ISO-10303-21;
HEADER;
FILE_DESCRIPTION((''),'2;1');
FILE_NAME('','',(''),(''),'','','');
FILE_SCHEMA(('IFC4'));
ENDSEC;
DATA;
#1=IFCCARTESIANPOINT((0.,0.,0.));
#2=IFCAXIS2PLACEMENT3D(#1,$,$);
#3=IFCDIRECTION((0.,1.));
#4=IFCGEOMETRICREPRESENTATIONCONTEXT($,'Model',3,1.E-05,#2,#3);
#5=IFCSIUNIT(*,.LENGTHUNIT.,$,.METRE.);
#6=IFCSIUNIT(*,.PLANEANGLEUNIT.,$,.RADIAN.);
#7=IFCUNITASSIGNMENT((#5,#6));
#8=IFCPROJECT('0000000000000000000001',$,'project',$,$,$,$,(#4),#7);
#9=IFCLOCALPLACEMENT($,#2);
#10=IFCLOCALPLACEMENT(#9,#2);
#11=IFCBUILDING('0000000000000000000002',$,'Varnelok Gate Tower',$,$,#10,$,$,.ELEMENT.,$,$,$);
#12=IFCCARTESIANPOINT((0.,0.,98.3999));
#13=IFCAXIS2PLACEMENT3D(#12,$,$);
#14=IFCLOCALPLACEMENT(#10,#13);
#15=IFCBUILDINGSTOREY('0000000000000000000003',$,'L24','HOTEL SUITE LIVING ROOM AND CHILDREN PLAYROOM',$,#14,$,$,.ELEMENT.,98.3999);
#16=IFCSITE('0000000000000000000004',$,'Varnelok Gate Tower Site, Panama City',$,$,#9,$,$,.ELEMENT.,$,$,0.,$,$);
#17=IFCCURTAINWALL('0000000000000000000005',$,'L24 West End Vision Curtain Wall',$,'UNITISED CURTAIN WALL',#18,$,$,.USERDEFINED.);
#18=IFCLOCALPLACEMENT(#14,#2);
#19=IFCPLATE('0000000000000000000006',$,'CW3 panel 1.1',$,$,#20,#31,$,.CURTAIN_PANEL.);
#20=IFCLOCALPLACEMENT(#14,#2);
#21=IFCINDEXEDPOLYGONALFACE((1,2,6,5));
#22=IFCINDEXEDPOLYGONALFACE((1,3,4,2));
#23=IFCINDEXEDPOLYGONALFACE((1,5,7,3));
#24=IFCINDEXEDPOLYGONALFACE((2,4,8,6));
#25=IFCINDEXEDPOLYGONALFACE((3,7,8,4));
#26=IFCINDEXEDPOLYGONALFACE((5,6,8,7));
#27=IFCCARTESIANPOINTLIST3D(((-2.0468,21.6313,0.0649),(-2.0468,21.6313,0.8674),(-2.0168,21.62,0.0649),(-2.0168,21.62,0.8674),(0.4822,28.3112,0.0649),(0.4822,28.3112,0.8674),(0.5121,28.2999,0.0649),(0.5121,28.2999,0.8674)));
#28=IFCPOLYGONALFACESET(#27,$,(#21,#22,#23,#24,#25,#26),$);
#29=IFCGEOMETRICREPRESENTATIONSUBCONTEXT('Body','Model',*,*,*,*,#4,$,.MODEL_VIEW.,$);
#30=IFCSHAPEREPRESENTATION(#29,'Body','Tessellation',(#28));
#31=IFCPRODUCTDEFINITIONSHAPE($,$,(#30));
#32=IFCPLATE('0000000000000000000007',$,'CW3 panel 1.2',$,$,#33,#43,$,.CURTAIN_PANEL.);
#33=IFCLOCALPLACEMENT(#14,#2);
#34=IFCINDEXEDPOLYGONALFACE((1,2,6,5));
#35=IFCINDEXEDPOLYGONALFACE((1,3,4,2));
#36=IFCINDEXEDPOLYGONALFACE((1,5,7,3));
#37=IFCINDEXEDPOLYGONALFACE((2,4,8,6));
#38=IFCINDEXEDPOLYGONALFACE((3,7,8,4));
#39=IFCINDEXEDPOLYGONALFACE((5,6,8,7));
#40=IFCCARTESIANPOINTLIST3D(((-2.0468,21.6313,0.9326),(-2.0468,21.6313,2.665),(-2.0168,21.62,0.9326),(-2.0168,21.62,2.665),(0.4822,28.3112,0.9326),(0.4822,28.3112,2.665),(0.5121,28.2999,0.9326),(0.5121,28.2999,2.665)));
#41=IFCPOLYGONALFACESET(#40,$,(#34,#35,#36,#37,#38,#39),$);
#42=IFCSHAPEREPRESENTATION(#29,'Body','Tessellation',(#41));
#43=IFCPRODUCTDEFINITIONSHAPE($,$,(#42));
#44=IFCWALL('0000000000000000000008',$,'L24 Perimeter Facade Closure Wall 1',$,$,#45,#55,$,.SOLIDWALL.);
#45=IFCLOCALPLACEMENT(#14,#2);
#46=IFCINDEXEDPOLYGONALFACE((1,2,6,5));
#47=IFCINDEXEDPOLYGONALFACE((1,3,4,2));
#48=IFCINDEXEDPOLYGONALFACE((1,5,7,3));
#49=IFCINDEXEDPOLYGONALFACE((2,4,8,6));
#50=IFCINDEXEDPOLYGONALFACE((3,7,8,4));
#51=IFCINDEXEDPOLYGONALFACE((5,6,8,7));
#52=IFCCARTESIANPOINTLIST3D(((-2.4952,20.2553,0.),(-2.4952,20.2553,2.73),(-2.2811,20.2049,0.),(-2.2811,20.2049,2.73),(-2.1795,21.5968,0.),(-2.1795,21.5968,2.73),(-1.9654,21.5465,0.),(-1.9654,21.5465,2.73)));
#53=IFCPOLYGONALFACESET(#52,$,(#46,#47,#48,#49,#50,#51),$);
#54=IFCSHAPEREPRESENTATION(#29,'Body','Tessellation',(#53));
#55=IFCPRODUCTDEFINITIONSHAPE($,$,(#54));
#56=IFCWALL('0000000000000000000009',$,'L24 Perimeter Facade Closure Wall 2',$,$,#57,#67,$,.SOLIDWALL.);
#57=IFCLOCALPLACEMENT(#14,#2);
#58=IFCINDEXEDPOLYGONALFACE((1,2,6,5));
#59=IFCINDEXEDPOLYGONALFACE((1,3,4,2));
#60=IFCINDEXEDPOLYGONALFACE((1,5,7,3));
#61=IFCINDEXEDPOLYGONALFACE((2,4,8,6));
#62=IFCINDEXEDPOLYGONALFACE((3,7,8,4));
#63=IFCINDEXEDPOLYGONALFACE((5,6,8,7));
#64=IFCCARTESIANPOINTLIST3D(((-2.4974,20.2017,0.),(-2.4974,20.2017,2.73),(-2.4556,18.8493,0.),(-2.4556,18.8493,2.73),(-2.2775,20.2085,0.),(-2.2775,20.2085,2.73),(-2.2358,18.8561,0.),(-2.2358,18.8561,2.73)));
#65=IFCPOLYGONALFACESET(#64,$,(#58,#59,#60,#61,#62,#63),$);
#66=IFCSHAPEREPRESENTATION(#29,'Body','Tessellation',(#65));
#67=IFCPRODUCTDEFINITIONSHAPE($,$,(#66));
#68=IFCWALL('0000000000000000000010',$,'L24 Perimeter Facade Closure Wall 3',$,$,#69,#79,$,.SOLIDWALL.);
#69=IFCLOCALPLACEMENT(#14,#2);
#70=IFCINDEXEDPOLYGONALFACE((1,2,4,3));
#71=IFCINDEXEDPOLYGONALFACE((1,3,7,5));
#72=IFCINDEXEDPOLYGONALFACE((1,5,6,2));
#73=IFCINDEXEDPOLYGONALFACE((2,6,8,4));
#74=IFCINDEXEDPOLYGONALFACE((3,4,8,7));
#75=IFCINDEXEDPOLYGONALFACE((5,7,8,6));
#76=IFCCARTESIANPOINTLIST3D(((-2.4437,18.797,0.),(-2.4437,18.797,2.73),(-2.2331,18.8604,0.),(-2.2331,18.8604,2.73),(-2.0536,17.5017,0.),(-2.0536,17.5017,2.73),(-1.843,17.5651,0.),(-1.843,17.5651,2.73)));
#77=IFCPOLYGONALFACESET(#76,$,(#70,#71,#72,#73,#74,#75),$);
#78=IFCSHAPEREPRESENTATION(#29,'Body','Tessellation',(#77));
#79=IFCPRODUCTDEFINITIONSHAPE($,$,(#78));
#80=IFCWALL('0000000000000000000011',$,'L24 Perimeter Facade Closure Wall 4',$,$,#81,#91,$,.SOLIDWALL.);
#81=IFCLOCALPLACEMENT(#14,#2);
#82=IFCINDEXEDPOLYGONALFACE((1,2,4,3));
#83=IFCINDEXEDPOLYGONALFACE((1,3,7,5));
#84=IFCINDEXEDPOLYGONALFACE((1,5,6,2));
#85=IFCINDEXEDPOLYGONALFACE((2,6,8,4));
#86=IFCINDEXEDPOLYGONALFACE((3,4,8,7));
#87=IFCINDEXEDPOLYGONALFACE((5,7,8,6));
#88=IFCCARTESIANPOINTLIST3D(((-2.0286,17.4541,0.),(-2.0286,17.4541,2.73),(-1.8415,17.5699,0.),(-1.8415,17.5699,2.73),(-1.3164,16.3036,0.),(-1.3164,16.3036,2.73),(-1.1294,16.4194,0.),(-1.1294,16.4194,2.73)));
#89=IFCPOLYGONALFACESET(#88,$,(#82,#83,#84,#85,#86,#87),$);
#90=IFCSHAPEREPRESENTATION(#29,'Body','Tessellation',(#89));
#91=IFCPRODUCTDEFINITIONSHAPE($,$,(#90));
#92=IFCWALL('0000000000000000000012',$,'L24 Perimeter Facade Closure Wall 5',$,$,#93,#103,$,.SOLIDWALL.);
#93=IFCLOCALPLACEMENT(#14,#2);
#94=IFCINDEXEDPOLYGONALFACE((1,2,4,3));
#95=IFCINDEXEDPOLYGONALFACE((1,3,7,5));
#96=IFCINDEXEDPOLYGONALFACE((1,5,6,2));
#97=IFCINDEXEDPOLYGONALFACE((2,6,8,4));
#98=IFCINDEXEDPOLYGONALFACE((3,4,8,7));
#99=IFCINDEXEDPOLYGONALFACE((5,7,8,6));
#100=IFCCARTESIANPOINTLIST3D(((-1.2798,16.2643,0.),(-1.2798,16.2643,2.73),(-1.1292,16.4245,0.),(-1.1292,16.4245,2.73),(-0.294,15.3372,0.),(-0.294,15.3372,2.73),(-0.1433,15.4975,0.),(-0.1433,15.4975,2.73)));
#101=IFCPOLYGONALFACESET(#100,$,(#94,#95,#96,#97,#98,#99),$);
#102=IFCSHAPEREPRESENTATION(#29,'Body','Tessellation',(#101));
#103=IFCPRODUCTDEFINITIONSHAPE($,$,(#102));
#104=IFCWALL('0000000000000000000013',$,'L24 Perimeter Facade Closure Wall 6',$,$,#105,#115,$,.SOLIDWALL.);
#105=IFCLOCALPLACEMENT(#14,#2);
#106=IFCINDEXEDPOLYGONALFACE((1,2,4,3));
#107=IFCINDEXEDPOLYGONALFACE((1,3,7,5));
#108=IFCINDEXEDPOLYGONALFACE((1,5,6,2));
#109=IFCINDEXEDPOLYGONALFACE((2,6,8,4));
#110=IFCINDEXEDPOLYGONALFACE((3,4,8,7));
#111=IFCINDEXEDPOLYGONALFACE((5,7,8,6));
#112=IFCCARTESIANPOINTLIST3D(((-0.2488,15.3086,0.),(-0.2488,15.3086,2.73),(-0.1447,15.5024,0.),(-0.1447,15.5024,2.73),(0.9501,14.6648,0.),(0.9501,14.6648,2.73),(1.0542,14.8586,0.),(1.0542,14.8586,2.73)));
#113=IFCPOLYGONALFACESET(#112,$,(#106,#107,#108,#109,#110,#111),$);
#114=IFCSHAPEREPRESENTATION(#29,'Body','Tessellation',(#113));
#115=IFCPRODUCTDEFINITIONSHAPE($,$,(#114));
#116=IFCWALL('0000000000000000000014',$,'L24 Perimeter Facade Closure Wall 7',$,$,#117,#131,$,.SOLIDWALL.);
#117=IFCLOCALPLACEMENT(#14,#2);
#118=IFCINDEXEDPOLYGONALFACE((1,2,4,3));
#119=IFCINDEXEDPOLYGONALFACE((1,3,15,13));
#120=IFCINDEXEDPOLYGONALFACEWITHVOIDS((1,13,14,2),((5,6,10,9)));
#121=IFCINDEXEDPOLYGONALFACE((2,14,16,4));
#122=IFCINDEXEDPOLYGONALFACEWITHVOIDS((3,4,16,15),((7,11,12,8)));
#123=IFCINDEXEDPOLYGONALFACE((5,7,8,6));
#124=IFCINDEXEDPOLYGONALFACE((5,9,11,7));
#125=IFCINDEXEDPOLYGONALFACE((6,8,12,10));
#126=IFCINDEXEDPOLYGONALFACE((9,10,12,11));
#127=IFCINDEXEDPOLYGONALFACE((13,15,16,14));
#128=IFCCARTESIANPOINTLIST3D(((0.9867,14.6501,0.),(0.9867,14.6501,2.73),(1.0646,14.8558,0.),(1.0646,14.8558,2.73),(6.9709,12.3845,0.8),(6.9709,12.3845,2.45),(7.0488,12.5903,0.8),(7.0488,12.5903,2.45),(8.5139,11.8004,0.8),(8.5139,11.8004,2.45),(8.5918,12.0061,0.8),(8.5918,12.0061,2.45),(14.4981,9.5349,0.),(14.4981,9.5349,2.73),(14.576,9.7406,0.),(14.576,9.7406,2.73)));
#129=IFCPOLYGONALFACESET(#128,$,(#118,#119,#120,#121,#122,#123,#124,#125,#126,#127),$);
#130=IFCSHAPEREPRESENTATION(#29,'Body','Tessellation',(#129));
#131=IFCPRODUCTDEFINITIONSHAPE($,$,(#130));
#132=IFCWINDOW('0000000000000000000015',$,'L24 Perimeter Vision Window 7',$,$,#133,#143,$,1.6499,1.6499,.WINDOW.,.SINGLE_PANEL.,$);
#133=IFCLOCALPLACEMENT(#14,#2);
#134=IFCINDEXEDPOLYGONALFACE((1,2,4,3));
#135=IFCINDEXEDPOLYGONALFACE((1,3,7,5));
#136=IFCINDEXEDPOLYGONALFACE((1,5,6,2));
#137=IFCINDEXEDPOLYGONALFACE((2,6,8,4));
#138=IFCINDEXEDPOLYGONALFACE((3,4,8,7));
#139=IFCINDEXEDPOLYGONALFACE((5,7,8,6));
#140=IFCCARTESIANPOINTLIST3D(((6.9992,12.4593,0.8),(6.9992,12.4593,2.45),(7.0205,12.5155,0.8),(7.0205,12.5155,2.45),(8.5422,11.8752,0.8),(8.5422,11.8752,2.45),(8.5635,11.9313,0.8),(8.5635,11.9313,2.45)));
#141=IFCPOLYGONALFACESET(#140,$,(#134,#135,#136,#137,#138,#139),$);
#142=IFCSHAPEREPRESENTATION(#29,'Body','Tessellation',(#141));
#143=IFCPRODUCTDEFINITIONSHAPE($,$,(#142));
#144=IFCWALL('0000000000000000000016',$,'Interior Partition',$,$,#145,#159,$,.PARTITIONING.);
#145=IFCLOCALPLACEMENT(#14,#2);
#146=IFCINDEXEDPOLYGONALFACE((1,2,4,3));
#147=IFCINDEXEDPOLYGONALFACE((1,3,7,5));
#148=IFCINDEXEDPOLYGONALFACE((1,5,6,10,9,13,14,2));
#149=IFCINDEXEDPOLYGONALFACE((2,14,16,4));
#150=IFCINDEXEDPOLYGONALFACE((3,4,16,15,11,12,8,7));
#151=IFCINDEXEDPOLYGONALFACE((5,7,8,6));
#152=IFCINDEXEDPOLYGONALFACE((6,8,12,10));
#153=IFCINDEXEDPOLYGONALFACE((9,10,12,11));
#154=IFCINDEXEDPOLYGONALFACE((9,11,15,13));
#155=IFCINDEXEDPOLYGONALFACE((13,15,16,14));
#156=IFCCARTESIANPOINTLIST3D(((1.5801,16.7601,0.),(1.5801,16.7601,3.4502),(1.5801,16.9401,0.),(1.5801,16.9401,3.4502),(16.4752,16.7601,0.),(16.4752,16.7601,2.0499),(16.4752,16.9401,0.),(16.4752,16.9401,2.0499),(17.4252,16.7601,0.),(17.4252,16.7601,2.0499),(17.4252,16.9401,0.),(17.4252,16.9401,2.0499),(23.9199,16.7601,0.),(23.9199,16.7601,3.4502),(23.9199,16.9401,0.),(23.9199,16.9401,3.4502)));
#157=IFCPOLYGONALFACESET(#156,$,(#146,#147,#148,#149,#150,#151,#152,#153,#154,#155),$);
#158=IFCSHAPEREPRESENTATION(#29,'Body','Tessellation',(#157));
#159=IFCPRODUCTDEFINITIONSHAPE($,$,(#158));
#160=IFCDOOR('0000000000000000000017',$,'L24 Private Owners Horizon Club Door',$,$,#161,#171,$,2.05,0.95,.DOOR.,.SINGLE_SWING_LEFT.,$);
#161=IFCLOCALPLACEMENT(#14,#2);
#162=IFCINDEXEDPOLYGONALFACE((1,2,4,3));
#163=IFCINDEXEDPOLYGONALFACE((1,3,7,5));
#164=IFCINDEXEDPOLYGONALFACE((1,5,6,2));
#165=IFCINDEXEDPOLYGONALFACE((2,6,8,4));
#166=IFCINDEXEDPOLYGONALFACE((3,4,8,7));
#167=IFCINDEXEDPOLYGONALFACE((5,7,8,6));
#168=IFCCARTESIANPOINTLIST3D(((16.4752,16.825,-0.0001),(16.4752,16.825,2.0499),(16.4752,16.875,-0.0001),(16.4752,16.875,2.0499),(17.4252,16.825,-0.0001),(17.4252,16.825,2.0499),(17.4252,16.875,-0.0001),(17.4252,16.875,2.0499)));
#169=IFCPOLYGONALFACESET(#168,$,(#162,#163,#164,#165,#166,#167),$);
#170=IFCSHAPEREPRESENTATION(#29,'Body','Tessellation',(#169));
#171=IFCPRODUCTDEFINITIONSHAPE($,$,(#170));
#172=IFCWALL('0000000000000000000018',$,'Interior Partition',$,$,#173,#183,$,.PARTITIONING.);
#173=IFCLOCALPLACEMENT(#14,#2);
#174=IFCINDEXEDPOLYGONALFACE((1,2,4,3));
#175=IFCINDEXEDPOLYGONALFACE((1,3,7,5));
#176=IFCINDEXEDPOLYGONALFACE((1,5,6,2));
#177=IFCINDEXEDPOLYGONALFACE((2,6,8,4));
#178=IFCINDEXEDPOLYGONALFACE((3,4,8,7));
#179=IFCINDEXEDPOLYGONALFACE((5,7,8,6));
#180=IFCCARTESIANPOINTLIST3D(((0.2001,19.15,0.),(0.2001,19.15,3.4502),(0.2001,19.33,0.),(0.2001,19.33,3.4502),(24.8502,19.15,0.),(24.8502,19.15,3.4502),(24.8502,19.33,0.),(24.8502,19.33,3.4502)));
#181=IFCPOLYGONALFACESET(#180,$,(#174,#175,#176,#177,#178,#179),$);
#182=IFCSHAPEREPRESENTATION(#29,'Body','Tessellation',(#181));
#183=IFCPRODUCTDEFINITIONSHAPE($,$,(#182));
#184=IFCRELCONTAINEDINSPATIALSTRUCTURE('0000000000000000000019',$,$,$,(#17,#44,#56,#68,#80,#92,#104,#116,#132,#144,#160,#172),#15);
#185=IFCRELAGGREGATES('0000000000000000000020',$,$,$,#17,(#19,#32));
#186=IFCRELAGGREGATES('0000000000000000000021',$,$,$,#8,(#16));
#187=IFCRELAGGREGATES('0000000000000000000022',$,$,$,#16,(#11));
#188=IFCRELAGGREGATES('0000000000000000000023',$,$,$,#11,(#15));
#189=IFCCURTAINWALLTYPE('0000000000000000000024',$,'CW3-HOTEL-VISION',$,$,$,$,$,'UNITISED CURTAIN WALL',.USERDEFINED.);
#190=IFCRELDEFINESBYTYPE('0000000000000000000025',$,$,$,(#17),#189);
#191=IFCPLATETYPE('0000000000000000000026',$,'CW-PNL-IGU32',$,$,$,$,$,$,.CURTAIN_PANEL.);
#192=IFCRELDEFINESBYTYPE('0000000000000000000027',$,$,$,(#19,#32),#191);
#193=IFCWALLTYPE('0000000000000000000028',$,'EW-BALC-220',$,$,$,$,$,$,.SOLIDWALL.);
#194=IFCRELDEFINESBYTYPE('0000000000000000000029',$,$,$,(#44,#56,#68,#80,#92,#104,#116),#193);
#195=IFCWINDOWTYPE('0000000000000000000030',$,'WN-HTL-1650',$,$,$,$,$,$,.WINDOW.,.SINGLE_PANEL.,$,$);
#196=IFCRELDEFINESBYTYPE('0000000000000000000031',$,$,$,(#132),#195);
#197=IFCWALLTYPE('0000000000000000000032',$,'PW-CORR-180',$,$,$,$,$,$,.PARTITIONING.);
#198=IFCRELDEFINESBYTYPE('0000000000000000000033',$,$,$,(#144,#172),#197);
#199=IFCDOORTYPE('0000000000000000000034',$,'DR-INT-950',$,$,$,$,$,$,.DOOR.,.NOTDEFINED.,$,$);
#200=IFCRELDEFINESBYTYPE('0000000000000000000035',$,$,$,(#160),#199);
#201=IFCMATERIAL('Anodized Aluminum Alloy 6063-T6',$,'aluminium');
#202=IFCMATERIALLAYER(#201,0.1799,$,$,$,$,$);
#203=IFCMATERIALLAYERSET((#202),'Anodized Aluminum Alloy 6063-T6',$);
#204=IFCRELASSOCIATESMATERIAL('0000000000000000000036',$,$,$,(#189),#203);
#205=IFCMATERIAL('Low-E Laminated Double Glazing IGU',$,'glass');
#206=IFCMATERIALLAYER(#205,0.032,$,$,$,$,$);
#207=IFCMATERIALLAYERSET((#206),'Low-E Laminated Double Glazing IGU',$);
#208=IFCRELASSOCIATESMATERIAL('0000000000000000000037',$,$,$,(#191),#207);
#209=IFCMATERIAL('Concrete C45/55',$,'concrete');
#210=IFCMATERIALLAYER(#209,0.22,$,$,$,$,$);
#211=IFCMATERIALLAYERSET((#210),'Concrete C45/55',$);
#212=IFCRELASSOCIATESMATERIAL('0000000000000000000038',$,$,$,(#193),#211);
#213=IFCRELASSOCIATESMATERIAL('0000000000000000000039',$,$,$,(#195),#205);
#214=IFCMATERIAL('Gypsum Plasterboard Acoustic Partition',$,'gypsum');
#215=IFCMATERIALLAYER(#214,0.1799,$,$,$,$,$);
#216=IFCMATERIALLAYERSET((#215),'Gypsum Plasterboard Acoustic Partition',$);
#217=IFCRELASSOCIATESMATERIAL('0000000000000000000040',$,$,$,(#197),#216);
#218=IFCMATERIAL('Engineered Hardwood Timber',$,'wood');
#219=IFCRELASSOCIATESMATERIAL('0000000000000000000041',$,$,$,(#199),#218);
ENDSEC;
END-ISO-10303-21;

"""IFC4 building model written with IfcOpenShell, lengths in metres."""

from ifc_helpers import new_model, si_unit, direction, frame, frame_2d, origin, origin_2d, place, context, subcontext, project, spatial, rectangle, extrude, source, transform, mapped, material, layer, layer_set, type_object, element, fill, aggregate, save


model = new_model("IFC4")

# Units and contexts
model_context = context("Model", 3, precision=1e-05, world=origin(), true_north=direction((0.0, 1.0)))
body_context = subcontext(model_context, "Body", "Model", "MODEL_VIEW")
ifc_project = project(units=[si_unit("LENGTHUNIT", "METRE"), si_unit("PLANEANGLEUNIT", "RADIAN")], contexts=[model_context])

# Site, building, storey
site_placement = place(None, origin())
site = spatial("IfcSite", under=ifc_project, at=site_placement, Name="Varnelok Gate Tower Site, Panama City", CompositionType="ELEMENT", RefElevation=0.0)
building_placement = place(site_placement, origin())
building = spatial("IfcBuilding", under=site, at=building_placement, Name="Varnelok Gate Tower", CompositionType="ELEMENT")
storey_placement = place(building_placement, frame((0.0, 0.0, 98.3999)))
storey = spatial("IfcBuildingStorey", under=building, at=storey_placement, Name="L24", Description="HOTEL SUITE LIVING ROOM AND CHILDREN PLAYROOM", CompositionType="ELEMENT", Elevation=98.3999)

# Curtain wall, plates
ifc_material_1 = material(Name="Anodized Aluminum Alloy 6063-T6", Category="aluminium")
ifc_layer_1 = layer(ifc_material_1, 0.1799)
ifc_layer_set_1 = layer_set([ifc_layer_1], Name="Anodized Aluminum Alloy 6063-T6")
curtain_wall_type = type_object("IfcCurtainWallType", Name="CW3-HOTEL-VISION", ElementType="UNITISED CURTAIN WALL", PredefinedType="USERDEFINED", material=ifc_layer_set_1)
curtain_wall_placement = place(storey_placement, origin())
curtain_wall = element("IfcCurtainWall", 1, at=curtain_wall_placement, inside=storey, type_object=curtain_wall_type, Name="L24 West End Vision Curtain Wall", ObjectType="UNITISED CURTAIN WALL", PredefinedType="USERDEFINED")
ifc_material_2 = material(Name="Low-E Laminated Double Glazing IGU", Category="glass")
ifc_layer_2 = layer(ifc_material_2, 0.032)
ifc_layer_set_2 = layer_set([ifc_layer_2], Name="Low-E Laminated Double Glazing IGU")
plate_type = type_object("IfcPlateType", Name="CW-PNL-IGU32", PredefinedType="CURTAIN_PANEL", material=ifc_layer_set_2)
shared_shape_1 = source(origin(), body_context, "Body", "SweptSolid", [
    extrude(rectangle(XDim=7.1426, YDim=0.032, at=origin_2d()), origin(), (0.0, 0.0, 1.0), 0.8025),
])
plate_1_placement = place(storey_placement, frame((-0.7673, 24.9656, 0.0649), z_axis=(0.0, 0.0, 1.0), x_axis=(0.354064, 0.935221, 0.0)))
plate_1 = element("IfcPlate", 2, at=plate_1_placement, type_object=plate_type, Name="CW3 panel 1.1", PredefinedType="CURTAIN_PANEL", context=body_context, shape_type="MappedRepresentation", body=[
    mapped(shared_shape_1, transform((0.0, 0.0, 0.0), scale=1.0)),
])
shared_shape_2 = source(origin(), body_context, "Body", "SweptSolid", [
    extrude(rectangle(XDim=7.1426, YDim=0.032, at=origin_2d()), origin(), (0.0, 0.0, 1.0), 1.7324),
])
plate_2_placement = place(storey_placement, frame((-0.7673, 24.9656, 0.9326), z_axis=(0.0, 0.0, 1.0), x_axis=(0.354064, 0.935221, 0.0)))
plate_2 = element("IfcPlate", 3, at=plate_2_placement, type_object=plate_type, Name="CW3 panel 1.2", PredefinedType="CURTAIN_PANEL", context=body_context, shape_type="MappedRepresentation", body=[
    mapped(shared_shape_2, transform((0.0, 0.0, 0.0), scale=1.0)),
])
aggregate(curtain_wall, [plate_1, plate_2])

# Walls
ifc_material_3 = material(Name="Concrete C45/55", Category="concrete")
ifc_layer_3 = layer(ifc_material_3, 0.22)
ifc_layer_set_3 = layer_set([ifc_layer_3], Name="Concrete C45/55")
wall_type_1 = type_object("IfcWallType", Name="EW-BALC-220", PredefinedType="SOLIDWALL", material=ifc_layer_set_3)
wall_1_placement = place(storey_placement, frame((-2.0725, 21.5715, 0.0), z_axis=(0.0, 0.0, 1.0), x_axis=(-0.229049, -0.973415, 0.0)))
element("IfcWall", 4, at=wall_1_placement, inside=storey, type_object=wall_type_1, Name="L24 Perimeter Facade Closure Wall 1", PredefinedType="SOLIDWALL", context=body_context, shape_type="SweptSolid", body=[
    extrude(rectangle(XDim=1.3782, YDim=0.22, at=frame_2d((0.689, 0.0))), origin(), (0.0, 0.0, 1.0), 2.73),
])
wall_2_placement = place(storey_placement, frame((-2.3875, 20.2051, 0.0), z_axis=(0.0, 0.0, 1.0), x_axis=(0.030857, -0.999524, 0.0)))
element("IfcWall", 5, at=wall_2_placement, inside=storey, type_object=wall_type_1, Name="L24 Perimeter Facade Closure Wall 2", PredefinedType="SOLIDWALL", context=body_context, shape_type="SweptSolid", body=[
    extrude(rectangle(XDim=1.353, YDim=0.22, at=frame_2d((0.6765, 0.0))), origin(), (0.0, 0.0, 1.0), 2.73),
])
wall_3_placement = place(storey_placement, frame((-2.3384, 18.8286, 0.0), z_axis=(0.0, 0.0, 1.0), x_axis=(0.288374, -0.957518, 0.0)))
element("IfcWall", 6, at=wall_3_placement, inside=storey, type_object=wall_type_1, Name="L24 Perimeter Facade Closure Wall 3", PredefinedType="SOLIDWALL", context=body_context, shape_type="SweptSolid", body=[
    extrude(rectangle(XDim=1.3528, YDim=0.22, at=frame_2d((0.6763, 0.0))), origin(), (0.0, 0.0, 1.0), 2.73),
])
wall_4_placement = place(storey_placement, frame((-1.9351, 17.512, 0.0), z_axis=(0.0, 0.0, 1.0), x_axis=(0.526361, -0.850261, 0.0)))
element("IfcWall", 7, at=wall_4_placement, inside=storey, type_object=wall_type_1, Name="L24 Perimeter Facade Closure Wall 4", PredefinedType="SOLIDWALL", context=body_context, shape_type="SweptSolid", body=[
    extrude(rectangle(XDim=1.353, YDim=0.22, at=frame_2d((0.6765, 0.0))), origin(), (0.0, 0.0, 1.0), 2.73),
])
wall_5_placement = place(storey_placement, frame((-1.2046, 16.3445, 0.0), z_axis=(0.0, 0.0, 1.0), x_axis=(0.728512, -0.685033, 0.0)))
element("IfcWall", 8, at=wall_5_placement, inside=storey, type_object=wall_type_1, Name="L24 Perimeter Facade Closure Wall 5", PredefinedType="SOLIDWALL", context=body_context, shape_type="SweptSolid", body=[
    extrude(rectangle(XDim=1.3533, YDim=0.22, at=frame_2d((0.6768, 0.0))), origin(), (0.0, 0.0, 1.0), 2.73),
])
wall_6_placement = place(storey_placement, frame((-0.1968, 15.4055, 0.0), z_axis=(0.0, 0.0, 1.0), x_axis=(0.881024, -0.473072, 0.0)))
element("IfcWall", 9, at=wall_6_placement, inside=storey, type_object=wall_type_1, Name="L24 Perimeter Facade Closure Wall 6", PredefinedType="SOLIDWALL", context=body_context, shape_type="SweptSolid", body=[
    extrude(rectangle(XDim=1.3608, YDim=0.22, at=frame_2d((0.6804, 0.0))), origin(), (0.0, 0.0, 1.0), 2.73),
])

# Wall, opening, window
wall_7_placement = place(storey_placement, frame((1.0256, 14.7529, 0.0), z_axis=(0.0, 0.0, 1.0), x_axis=(0.935222, -0.354061, 0.0)))
wall_7 = element("IfcWall", 10, at=wall_7_placement, inside=storey, type_object=wall_type_1, Name="L24 Perimeter Facade Closure Wall 7", PredefinedType="SOLIDWALL", context=body_context, shape_type="SweptSolid", body=[
    extrude(rectangle(XDim=14.4473, YDim=0.22, at=frame_2d((7.2236, 0.0))), origin(), (0.0, 0.0, 1.0), 2.73),
])
opening_1_placement = place(wall_7_placement, frame((6.3987, 0.0, 0.8)))
opening_1 = element("IfcOpeningElement", 11, at=opening_1_placement, cuts=wall_7, PredefinedType="OPENING", context=body_context, shape_type="SweptSolid", body=[
    extrude(rectangle(XDim=1.6499, YDim=1.6499, at=frame_2d((0.825, 0.825))), frame((0.0, 0.1199, 0.0), z_axis=(0.0, -1.0, 0.0), x_axis=(1.0, 0.0, 0.0)), (0.0, 0.0, 1.0), 0.24),
])
window_type = type_object("IfcWindowType", Name="WN-HTL-1650", PartitioningType="SINGLE_PANEL", PredefinedType="WINDOW", material=ifc_material_2)
window_placement = place(opening_1_placement, origin())
window = element("IfcWindow", 12, at=window_placement, inside=storey, type_object=window_type, Name="L24 Perimeter Vision Window 7", OverallHeight=1.6499, OverallWidth=1.6499, PartitioningType="SINGLE_PANEL", PredefinedType="WINDOW", context=body_context, shape_type="SweptSolid", body=[
    extrude(rectangle(XDim=1.6499, YDim=1.6499, at=frame_2d((0.825, 0.825))), frame((0.0, 0.03, 0.0), z_axis=(0.0, -1.0, 0.0), x_axis=(1.0, 0.0, 0.0)), (0.0, 0.0, 1.0), 0.0601),
])
fill(opening_1, window)

# Wall, opening, door
ifc_material_4 = material(Name="Gypsum Plasterboard Acoustic Partition", Category="gypsum")
ifc_layer_4 = layer(ifc_material_4, 0.1799)
ifc_layer_set_4 = layer_set([ifc_layer_4], Name="Gypsum Plasterboard Acoustic Partition")
wall_type_2 = type_object("IfcWallType", Name="PW-CORR-180", PredefinedType="PARTITIONING", material=ifc_layer_set_4)
wall_8_placement = place(storey_placement, frame((1.5801, 16.8501, 0.0), z_axis=(0.0, 0.0, 1.0), x_axis=(1.0, 0.0, 0.0)))
wall_8 = element("IfcWall", 13, at=wall_8_placement, inside=storey, type_object=wall_type_2, Name="Interior Partition", PredefinedType="PARTITIONING", context=body_context, shape_type="SweptSolid", body=[
    extrude(rectangle(XDim=22.3398, YDim=0.1799, at=frame_2d((11.1699, 0.0))), origin(), (0.0, 0.0, 1.0), 3.4502),
])
opening_2_placement = place(wall_8_placement, frame((14.895, 0.0, 0.0)))
opening_2 = element("IfcOpeningElement", 14, at=opening_2_placement, cuts=wall_8, PredefinedType="OPENING", context=body_context, shape_type="SweptSolid", body=[
    extrude(rectangle(XDim=0.95, YDim=2.05, at=frame_2d((0.4751, 1.0249))), frame((0.0, 0.0999, 0.0), z_axis=(0.0, -1.0, 0.0), x_axis=(1.0, 0.0, 0.0)), (0.0, 0.0, 1.0), 0.2),
])
ifc_material_5 = material(Name="Engineered Hardwood Timber", Category="wood")
door_type = type_object("IfcDoorType", Name="DR-INT-950", OperationType="NOTDEFINED", PredefinedType="DOOR", material=ifc_material_5)
door_placement = place(opening_2_placement, origin())
door = element("IfcDoor", 15, at=door_placement, inside=storey, type_object=door_type, Name="L24 Private Owners Horizon Club Door", OperationType="SINGLE_SWING_LEFT", OverallHeight=2.05, OverallWidth=0.95, PredefinedType="DOOR", context=body_context, shape_type="SweptSolid", body=[
    extrude(rectangle(XDim=0.95, YDim=2.05, at=frame_2d((0.4751, 1.0249))), frame((0.0, 0.0249, 0.0), z_axis=(0.0, -1.0, 0.0), x_axis=(1.0, 0.0, 0.0)), (0.0, 0.0, 1.0), 0.05),
])
fill(opening_2, door)

# Wall
wall_9_placement = place(storey_placement, frame((0.2, 19.24, 0.0), z_axis=(0.0, 0.0, 1.0), x_axis=(1.0, 0.0, 0.0)))
element("IfcWall", 16, at=wall_9_placement, inside=storey, type_object=wall_type_2, Name="Interior Partition", PredefinedType="PARTITIONING", context=body_context, shape_type="SweptSolid", body=[
    extrude(rectangle(XDim=24.6501, YDim=0.1799, at=frame_2d((12.3252, 0.0))), origin(), (0.0, 0.0, 1.0), 3.4502),
])

save(model, "model.ifc")
